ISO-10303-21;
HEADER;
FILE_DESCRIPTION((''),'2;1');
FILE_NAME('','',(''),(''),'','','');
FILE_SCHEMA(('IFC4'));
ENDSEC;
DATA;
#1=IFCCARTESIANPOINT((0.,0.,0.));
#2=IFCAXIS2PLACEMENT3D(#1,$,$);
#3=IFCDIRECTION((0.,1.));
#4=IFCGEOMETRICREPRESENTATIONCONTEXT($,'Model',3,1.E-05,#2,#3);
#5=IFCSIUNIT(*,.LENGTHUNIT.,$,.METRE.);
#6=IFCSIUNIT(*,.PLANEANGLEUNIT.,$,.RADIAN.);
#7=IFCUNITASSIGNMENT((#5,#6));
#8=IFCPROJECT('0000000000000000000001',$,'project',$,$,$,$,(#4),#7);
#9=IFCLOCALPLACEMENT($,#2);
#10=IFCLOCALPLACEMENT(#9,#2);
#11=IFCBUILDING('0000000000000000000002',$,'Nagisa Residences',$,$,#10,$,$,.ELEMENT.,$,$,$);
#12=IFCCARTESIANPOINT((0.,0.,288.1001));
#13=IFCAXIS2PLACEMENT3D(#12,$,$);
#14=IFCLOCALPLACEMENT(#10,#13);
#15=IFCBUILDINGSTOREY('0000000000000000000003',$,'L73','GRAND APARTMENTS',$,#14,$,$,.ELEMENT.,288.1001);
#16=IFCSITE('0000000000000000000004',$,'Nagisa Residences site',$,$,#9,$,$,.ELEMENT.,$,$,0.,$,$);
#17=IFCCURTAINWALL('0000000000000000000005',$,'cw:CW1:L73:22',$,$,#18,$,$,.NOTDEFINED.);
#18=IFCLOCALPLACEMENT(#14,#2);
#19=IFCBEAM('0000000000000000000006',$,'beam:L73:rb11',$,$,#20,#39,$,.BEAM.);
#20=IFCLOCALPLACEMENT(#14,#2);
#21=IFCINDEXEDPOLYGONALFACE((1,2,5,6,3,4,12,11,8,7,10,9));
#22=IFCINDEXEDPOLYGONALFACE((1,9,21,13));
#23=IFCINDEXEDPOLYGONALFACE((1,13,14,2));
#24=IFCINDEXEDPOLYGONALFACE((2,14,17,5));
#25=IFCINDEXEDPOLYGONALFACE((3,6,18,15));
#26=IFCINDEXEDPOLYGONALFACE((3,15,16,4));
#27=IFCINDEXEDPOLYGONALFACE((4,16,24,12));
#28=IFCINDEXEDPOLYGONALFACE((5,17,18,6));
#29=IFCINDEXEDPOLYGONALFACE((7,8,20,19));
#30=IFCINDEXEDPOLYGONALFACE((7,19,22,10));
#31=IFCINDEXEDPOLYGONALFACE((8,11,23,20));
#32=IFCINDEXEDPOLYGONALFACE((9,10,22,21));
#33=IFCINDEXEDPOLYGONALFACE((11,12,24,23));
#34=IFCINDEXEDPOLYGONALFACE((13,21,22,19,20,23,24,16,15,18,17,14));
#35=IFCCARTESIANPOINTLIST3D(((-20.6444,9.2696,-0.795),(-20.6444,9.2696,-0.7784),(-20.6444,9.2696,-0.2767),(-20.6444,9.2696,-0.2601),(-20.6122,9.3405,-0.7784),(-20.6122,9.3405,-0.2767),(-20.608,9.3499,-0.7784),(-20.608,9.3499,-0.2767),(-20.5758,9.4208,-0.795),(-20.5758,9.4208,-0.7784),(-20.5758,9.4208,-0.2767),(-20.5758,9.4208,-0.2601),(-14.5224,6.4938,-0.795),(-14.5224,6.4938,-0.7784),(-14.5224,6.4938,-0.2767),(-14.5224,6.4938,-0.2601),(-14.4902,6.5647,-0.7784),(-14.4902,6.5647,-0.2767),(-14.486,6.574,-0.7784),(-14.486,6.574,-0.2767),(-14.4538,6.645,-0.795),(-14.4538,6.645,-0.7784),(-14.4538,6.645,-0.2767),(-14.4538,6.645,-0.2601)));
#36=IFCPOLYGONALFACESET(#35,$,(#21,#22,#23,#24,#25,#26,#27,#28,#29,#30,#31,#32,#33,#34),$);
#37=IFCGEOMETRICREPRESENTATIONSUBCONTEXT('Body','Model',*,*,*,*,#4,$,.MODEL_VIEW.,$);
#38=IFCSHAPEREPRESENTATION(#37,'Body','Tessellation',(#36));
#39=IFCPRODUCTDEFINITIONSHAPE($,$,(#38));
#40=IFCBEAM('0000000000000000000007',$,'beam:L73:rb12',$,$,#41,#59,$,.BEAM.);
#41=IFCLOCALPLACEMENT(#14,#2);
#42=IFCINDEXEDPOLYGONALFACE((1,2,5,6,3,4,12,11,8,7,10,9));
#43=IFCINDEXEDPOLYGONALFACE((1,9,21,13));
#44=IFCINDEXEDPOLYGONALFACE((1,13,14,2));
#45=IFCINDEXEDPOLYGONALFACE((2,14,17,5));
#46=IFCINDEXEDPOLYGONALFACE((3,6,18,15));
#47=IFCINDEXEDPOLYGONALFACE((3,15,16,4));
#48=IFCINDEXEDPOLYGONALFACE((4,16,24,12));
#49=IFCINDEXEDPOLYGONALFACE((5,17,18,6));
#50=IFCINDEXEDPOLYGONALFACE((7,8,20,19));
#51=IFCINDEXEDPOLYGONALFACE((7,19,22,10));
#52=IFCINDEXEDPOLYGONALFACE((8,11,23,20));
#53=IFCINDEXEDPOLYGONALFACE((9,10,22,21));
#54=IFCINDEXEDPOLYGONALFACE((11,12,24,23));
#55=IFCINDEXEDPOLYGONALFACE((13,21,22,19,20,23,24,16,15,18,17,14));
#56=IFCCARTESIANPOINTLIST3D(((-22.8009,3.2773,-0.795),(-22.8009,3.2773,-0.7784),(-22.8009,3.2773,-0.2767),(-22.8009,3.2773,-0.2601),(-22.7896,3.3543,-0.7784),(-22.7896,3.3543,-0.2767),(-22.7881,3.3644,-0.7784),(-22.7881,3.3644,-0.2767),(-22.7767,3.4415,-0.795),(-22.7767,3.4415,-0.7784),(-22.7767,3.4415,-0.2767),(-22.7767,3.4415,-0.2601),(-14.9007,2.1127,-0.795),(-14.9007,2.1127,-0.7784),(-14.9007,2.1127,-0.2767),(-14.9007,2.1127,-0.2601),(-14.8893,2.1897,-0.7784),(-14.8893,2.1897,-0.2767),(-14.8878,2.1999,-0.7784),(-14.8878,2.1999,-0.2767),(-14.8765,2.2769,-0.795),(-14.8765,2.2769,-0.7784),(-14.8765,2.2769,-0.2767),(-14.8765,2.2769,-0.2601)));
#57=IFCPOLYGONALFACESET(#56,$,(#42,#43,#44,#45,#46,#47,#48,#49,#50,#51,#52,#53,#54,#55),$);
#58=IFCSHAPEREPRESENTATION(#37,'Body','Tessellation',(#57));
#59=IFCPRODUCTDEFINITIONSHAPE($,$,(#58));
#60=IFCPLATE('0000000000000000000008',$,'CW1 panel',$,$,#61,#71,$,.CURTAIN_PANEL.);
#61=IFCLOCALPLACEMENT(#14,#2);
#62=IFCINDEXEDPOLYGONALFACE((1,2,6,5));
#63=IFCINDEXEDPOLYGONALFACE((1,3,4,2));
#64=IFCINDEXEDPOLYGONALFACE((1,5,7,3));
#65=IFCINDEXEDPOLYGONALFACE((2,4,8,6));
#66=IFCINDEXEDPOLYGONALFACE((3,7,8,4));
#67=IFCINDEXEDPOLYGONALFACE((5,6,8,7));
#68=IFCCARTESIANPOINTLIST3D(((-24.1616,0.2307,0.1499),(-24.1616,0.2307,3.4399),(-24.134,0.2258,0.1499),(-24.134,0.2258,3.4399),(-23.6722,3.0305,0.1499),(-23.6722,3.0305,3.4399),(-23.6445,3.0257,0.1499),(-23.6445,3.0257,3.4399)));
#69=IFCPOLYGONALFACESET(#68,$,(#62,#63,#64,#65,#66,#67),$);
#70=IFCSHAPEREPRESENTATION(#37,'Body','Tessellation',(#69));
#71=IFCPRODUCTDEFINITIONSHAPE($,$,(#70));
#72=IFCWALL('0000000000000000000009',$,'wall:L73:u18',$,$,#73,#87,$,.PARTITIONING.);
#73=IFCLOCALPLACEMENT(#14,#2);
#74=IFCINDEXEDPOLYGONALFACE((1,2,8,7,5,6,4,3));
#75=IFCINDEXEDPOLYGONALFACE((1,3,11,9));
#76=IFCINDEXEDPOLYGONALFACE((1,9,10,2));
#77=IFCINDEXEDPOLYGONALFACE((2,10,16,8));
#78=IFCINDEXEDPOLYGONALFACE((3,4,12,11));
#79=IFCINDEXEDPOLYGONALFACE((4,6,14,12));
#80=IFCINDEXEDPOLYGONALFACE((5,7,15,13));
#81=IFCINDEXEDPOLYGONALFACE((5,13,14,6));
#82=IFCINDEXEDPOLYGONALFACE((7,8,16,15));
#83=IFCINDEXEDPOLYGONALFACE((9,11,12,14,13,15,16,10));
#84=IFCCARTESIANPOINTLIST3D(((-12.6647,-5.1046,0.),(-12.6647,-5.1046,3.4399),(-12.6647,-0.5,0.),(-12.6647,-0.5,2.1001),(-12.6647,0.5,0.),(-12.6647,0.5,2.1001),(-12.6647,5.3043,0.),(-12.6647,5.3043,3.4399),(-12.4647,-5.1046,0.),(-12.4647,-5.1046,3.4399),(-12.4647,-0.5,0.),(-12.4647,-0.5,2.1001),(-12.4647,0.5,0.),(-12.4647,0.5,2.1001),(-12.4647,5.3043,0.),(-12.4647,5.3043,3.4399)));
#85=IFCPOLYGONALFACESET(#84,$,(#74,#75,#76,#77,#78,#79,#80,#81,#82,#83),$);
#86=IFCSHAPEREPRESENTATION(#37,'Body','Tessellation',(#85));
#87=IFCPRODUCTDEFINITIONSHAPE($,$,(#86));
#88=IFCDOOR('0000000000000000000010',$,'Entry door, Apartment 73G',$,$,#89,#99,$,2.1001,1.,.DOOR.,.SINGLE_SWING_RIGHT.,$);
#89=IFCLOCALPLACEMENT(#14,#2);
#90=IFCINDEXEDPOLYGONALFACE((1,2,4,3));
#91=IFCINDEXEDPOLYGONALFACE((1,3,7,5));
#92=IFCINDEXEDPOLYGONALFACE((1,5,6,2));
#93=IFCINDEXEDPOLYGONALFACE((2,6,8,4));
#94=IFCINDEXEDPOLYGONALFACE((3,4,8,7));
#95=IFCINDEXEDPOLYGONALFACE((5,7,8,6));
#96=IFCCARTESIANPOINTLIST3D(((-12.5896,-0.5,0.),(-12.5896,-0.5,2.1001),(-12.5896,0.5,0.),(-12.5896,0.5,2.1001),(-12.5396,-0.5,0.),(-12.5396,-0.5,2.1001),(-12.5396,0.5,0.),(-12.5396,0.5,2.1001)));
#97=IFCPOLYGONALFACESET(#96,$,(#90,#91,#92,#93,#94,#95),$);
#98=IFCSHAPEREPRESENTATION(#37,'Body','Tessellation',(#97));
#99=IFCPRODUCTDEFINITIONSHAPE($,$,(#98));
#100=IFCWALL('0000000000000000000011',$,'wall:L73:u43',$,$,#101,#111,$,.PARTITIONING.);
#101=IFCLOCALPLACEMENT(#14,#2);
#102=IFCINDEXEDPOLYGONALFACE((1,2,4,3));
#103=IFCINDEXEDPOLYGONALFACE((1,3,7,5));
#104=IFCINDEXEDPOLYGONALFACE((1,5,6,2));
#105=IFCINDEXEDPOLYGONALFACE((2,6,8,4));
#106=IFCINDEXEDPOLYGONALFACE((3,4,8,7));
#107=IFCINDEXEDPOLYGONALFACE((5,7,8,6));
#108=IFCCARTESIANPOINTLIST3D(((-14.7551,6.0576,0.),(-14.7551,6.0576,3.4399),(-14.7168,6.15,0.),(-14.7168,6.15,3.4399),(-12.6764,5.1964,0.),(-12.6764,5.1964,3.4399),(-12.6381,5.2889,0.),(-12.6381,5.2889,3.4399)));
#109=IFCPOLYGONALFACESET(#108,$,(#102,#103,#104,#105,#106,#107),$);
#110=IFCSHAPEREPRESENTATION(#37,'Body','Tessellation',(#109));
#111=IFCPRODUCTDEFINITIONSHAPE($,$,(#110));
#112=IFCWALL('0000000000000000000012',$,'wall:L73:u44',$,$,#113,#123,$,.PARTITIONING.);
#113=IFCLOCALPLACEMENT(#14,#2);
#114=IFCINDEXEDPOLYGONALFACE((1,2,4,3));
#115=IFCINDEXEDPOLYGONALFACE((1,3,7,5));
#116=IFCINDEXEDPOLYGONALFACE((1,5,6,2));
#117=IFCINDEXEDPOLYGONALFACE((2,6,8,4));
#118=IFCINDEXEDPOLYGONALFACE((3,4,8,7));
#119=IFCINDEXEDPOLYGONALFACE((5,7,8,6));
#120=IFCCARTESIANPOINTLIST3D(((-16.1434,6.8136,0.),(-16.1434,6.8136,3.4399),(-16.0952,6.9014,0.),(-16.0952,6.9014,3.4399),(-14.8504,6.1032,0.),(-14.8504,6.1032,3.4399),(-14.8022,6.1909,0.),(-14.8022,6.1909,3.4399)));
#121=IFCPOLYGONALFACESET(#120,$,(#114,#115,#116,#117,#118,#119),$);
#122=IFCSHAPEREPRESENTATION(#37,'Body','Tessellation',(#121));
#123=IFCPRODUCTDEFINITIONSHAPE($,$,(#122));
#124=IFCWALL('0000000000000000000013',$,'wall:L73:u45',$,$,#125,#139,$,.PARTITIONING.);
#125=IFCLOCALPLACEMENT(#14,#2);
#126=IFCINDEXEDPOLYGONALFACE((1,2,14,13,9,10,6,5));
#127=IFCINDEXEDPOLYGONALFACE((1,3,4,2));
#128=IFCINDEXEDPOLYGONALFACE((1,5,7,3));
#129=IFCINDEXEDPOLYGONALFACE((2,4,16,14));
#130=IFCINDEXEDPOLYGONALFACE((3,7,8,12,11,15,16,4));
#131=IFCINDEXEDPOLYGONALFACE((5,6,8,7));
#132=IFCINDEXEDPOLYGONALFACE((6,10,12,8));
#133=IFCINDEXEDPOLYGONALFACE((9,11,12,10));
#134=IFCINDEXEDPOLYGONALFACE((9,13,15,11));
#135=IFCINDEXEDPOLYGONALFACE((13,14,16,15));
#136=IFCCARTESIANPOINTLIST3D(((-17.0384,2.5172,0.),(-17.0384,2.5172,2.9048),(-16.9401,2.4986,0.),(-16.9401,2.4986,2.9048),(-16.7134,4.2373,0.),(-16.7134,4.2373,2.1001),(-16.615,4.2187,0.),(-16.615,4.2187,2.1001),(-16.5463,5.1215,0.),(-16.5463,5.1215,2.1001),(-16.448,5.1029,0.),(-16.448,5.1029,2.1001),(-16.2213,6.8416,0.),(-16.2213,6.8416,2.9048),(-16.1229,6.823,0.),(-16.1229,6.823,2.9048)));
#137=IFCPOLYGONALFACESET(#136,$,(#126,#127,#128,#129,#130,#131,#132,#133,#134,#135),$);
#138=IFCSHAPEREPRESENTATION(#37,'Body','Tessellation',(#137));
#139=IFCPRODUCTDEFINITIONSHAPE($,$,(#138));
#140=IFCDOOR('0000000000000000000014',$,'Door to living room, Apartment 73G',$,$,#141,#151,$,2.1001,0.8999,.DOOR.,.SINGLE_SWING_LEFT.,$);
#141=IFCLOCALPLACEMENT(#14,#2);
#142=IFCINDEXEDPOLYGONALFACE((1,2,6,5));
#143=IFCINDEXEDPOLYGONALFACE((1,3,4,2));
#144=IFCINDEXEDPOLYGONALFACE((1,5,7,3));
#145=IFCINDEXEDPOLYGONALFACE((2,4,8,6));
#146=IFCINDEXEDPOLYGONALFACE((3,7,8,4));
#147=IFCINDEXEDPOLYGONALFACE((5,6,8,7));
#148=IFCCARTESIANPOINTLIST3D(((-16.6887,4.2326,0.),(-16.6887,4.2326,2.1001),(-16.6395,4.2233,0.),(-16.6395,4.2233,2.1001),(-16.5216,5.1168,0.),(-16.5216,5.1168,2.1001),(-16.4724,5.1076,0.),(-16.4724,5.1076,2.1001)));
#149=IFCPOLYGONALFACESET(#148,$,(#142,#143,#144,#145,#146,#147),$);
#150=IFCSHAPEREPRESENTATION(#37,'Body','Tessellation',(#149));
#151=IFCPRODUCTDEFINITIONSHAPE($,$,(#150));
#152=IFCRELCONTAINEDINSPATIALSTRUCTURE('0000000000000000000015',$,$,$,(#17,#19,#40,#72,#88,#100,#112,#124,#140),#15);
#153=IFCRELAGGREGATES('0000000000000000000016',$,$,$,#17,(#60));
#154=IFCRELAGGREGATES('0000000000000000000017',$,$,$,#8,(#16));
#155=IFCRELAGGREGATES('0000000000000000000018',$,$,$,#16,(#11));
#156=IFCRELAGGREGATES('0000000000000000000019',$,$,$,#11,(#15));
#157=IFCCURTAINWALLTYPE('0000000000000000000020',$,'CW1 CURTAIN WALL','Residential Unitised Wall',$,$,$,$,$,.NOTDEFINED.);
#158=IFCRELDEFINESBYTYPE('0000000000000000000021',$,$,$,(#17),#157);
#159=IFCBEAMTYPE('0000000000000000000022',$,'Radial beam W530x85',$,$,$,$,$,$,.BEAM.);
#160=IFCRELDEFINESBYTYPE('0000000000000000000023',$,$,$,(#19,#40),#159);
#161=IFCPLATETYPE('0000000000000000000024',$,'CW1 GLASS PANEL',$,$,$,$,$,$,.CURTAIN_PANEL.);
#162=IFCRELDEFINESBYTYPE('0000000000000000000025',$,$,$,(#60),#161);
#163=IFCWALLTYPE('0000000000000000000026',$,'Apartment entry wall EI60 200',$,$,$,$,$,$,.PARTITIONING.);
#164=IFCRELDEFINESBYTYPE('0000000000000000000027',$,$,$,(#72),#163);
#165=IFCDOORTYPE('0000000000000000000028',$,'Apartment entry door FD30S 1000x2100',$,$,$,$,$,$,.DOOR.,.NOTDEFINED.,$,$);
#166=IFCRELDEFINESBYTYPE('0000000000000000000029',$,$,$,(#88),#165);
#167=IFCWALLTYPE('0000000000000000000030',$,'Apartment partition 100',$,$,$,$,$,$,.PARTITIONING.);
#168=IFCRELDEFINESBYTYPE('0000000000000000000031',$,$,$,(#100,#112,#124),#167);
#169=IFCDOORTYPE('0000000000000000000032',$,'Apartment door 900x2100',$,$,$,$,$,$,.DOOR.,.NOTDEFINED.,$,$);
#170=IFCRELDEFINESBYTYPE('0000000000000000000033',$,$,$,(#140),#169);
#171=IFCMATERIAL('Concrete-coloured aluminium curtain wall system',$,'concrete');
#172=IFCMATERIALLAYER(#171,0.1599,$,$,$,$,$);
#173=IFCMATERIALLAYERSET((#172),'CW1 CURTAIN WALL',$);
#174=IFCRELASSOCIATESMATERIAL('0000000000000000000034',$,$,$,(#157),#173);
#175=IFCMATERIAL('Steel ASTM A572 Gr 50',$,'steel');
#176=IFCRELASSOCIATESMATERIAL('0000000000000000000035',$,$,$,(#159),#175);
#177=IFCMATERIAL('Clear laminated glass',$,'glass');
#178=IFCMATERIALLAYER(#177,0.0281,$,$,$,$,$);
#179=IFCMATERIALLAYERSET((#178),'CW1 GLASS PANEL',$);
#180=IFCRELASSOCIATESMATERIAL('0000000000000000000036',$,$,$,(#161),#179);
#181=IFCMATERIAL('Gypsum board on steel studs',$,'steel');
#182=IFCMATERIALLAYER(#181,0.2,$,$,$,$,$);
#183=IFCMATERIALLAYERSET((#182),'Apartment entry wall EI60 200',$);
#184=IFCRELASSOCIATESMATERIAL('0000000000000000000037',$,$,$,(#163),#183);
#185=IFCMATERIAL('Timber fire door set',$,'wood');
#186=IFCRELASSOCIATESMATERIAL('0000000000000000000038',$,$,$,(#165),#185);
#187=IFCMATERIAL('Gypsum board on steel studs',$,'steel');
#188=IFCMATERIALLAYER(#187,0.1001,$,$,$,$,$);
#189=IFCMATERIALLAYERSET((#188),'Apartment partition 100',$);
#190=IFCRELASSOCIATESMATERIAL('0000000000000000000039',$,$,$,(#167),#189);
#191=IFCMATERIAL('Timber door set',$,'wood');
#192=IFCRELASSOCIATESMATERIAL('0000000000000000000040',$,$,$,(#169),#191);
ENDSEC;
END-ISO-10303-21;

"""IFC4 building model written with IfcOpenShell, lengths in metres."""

from ifc_helpers import new_model, si_unit, direction, frame, frame_2d, origin, origin_2d, place, context, subcontext, project, spatial, rectangle, i_section, extrude, material, layer, layer_set, material_profile, profile_set, type_object, element, fill, aggregate, save


model = new_model("IFC4")

# Units and contexts
model_context = context("Model", 3, precision=1e-05, world=origin(), true_north=direction((0.0, 1.0)))
body_context = subcontext(model_context, "Body", "Model", "MODEL_VIEW")
ifc_project = project(units=[si_unit("LENGTHUNIT", "METRE"), si_unit("PLANEANGLEUNIT", "RADIAN")], contexts=[model_context])

# Site, building, storey
site_placement = place(None, origin())
site = spatial("IfcSite", under=ifc_project, at=site_placement, Name="Nagisa Residences site", CompositionType="ELEMENT", RefElevation=0.0)
building_placement = place(site_placement, origin())
building = spatial("IfcBuilding", under=site, at=building_placement, Name="Nagisa Residences", CompositionType="ELEMENT")
storey_placement = place(building_placement, frame((0.0, 0.0, 288.1001)))
storey = spatial("IfcBuildingStorey", under=building, at=storey_placement, Name="L73", Description="GRAND APARTMENTS", CompositionType="ELEMENT", Elevation=288.1001)

# Curtain wall
ifc_material_1 = material(Name="Concrete-coloured aluminium curtain wall system", Category="concrete")
ifc_layer_1 = layer(ifc_material_1, 0.1599)
ifc_layer_set_1 = layer_set([ifc_layer_1], Name="CW1 CURTAIN WALL")
curtain_wall_type = type_object("IfcCurtainWallType", Name="CW1 CURTAIN WALL", Description="Residential Unitised Wall", PredefinedType="NOTDEFINED", material=ifc_layer_set_1)
curtain_wall_1_placement = place(storey_placement, origin())
curtain_wall_1 = element("IfcCurtainWall", 1, at=curtain_wall_1_placement, inside=storey, type_object=curtain_wall_type, Name="cw:CW1:L73:22", PredefinedType="NOTDEFINED")

# Beams
ifc_material_2 = material(Name="Steel ASTM A572 Gr 50", Category="steel")
ifc_material_profile_1 = material_profile(ifc_material_2, i_section(OverallWidth=0.166, OverallDepth=0.5349, WebThickness=0.0103, FlangeThickness=0.0166, at=origin_2d()), Name="W530x85")
ifc_profile_set_1 = profile_set([ifc_material_profile_1], Name="Steel ASTM A572 Gr 50")
beam_type_1 = type_object("IfcBeamType", Name="Radial beam W530x85", PredefinedType="BEAM", material=ifc_profile_set_1)
beam_1_placement = place(storey_placement, frame((-20.6101, 9.3452, -0.5276), z_axis=(0.910752, -0.412954, 0.0), x_axis=(0.412954, 0.910752, 0.0)))
element("IfcBeam", 2, at=beam_1_placement, inside=storey, type_object=beam_type_1, Name="beam:L73:rb11", PredefinedType="BEAM", context=body_context, shape_type="SweptSolid", body=[
    extrude(i_section(OverallWidth=0.166, OverallDepth=0.5349, WebThickness=0.0103, FlangeThickness=0.0166, at=origin_2d()), origin(), (0.0, 0.0, 1.0), 6.7219),
])
beam_2_placement = place(storey_placement, frame((-22.7888, 3.3594, -0.5276), z_axis=(0.989309, -0.145833, 0.0), x_axis=(0.145833, 0.989309, 0.0)))
element("IfcBeam", 3, at=beam_2_placement, inside=storey, type_object=beam_type_1, Name="beam:L73:rb12", PredefinedType="BEAM", context=body_context, shape_type="SweptSolid", body=[
    extrude(i_section(OverallWidth=0.166, OverallDepth=0.5349, WebThickness=0.0103, FlangeThickness=0.0166, at=origin_2d()), origin(), (0.0, 0.0, 1.0), 7.9856),
])

# Plate
ifc_material_3 = material(Name="Clear laminated glass", Category="glass")
ifc_layer_2 = layer(ifc_material_3, 0.0281)
ifc_layer_set_2 = layer_set([ifc_layer_2], Name="CW1 GLASS PANEL")
plate_type = type_object("IfcPlateType", Name="CW1 GLASS PANEL", PredefinedType="CURTAIN_PANEL", material=ifc_layer_set_2)
plate_placement = place(storey_placement, frame((-23.9031, 1.6282, 0.1499), z_axis=(0.0, 0.0, 1.0), x_axis=(-0.172191, -0.985064, 0.0)))
plate = element("IfcPlate", 4, at=plate_placement, type_object=plate_type, Name="CW1 panel", PredefinedType="CURTAIN_PANEL", context=body_context, shape_type="SweptSolid", body=[
    extrude(rectangle(XDim=2.8423, YDim=0.0281, at=origin_2d()), origin(), (0.0, 0.0, 1.0), 3.29),
])
aggregate(curtain_wall_1, [plate])

# Wall, opening, door
ifc_material_4 = material(Name="Gypsum board on steel studs", Category="steel")
ifc_layer_3 = layer(ifc_material_4, 0.2)
ifc_layer_set_3 = layer_set([ifc_layer_3], Name="Apartment entry wall EI60 200")
wall_type_1 = type_object("IfcWallType", Name="Apartment entry wall EI60 200", PredefinedType="PARTITIONING", material=ifc_layer_set_3)
wall_1_placement = place(storey_placement, frame((-12.5647, 5.3044, 0.0), z_axis=(0.0, 0.0, 1.0), x_axis=(0.0, -1.0, 0.0)))
wall_1 = element("IfcWall", 5, at=wall_1_placement, inside=storey, type_object=wall_type_1, Name="wall:L73:u18", PredefinedType="PARTITIONING", context=body_context, shape_type="SweptSolid", body=[
    extrude(rectangle(XDim=10.4089, YDim=0.2, at=frame_2d((5.2046, 0.0))), origin(), (0.0, 0.0, 1.0), 3.4399),
])
opening_1_placement = place(wall_1_placement, frame((4.8044, 0.0, 0.0)))
opening_1 = element("IfcOpeningElement", 6, at=opening_1_placement, cuts=wall_1, PredefinedType="OPENING", context=body_context, shape_type="SweptSolid", body=[
    extrude(rectangle(XDim=1.0, YDim=2.1001, at=frame_2d((0.5, 1.05))), frame((0.0, 0.1099, 0.0), z_axis=(0.0, -1.0, 0.0), x_axis=(1.0, 0.0, 0.0)), (0.0, 0.0, 1.0), 0.22),
])
ifc_material_5 = material(Name="Timber fire door set", Category="wood")
door_type_1 = type_object("IfcDoorType", Name="Apartment entry door FD30S 1000x2100", OperationType="NOTDEFINED", PredefinedType="DOOR", material=ifc_material_5)
door_1_placement = place(opening_1_placement, frame((1.0, 0.0, 0.0), x_axis=(-1.0, 0.0, 0.0)))
door_1 = element("IfcDoor", 7, at=door_1_placement, inside=storey, type_object=door_type_1, Name="Entry door, Apartment 73G", OperationType="SINGLE_SWING_RIGHT", OverallHeight=2.1001, OverallWidth=1.0, PredefinedType="DOOR", context=body_context, shape_type="SweptSolid", body=[
    extrude(rectangle(XDim=1.0, YDim=2.1001, at=frame_2d((0.5, 1.05))), frame((0.0, 0.0249, 0.0), z_axis=(0.0, -1.0, 0.0), x_axis=(1.0, 0.0, 0.0)), (0.0, 0.0, 1.0), 0.05),
])
fill(opening_1, door_1)

# Walls
ifc_material_6 = material(Name="Gypsum board on steel studs", Category="steel")
ifc_layer_4 = layer(ifc_material_6, 0.1001)
ifc_layer_set_4 = layer_set([ifc_layer_4], Name="Apartment partition 100")
wall_type_2 = type_object("IfcWallType", Name="Apartment partition 100", PredefinedType="PARTITIONING", material=ifc_layer_set_4)
wall_2_placement = place(storey_placement, frame((-12.6572, 5.2427, 0.0), z_axis=(0.0, 0.0, 1.0), x_axis=(-0.923865, 0.382719, 0.0)))
element("IfcWall", 8, at=wall_2_placement, inside=storey, type_object=wall_type_2, Name="wall:L73:u43", PredefinedType="PARTITIONING", context=body_context, shape_type="SweptSolid", body=[
    extrude(rectangle(XDim=2.25, YDim=0.1001, at=frame_2d((1.125, 0.0))), origin(), (0.0, 0.0, 1.0), 3.4399),
])
wall_3_placement = place(storey_placement, frame((-14.8262, 6.147, 0.0), z_axis=(0.0, 0.0, 1.0), x_axis=(-0.876411, 0.481563, 0.0)))
element("IfcWall", 9, at=wall_3_placement, inside=storey, type_object=wall_type_2, Name="wall:L73:u44", PredefinedType="PARTITIONING", context=body_context, shape_type="SweptSolid", body=[
    extrude(rectangle(XDim=1.4753, YDim=0.1001, at=frame_2d((0.7378, 0.0))), origin(), (0.0, 0.0, 1.0), 3.4399),
])

# Wall, opening, door
wall_4_placement = place(storey_placement, frame((-16.1721, 6.8323, 0.0), z_axis=(0.0, 0.0, 1.0), x_axis=(-0.185672, -0.982612, 0.0)))
wall_4 = element("IfcWall", 10, at=wall_4_placement, inside=storey, type_object=wall_type_2, Name="wall:L73:u45", PredefinedType="PARTITIONING", context=body_context, shape_type="SweptSolid", body=[
    extrude(rectangle(XDim=4.4009, YDim=0.1001, at=frame_2d((2.2004, 0.0))), origin(), (0.0, 0.0, 1.0), 2.9048),
])
opening_2_placement = place(wall_4_placement, frame((1.7505, 0.0, 0.0)))
opening_2 = element("IfcOpeningElement", 11, at=opening_2_placement, cuts=wall_4, PredefinedType="OPENING", context=body_context, shape_type="SweptSolid", body=[
    extrude(rectangle(XDim=0.8999, YDim=2.1001, at=frame_2d((0.45, 1.05))), frame((0.0, 0.0601, 0.0), z_axis=(0.0, -1.0, 0.0), x_axis=(1.0, 0.0, 0.0)), (0.0, 0.0, 1.0), 0.1201),
])
ifc_material_7 = material(Name="Timber door set", Category="wood")
door_type_2 = type_object("IfcDoorType", Name="Apartment door 900x2100", OperationType="NOTDEFINED", PredefinedType="DOOR", material=ifc_material_7)
door_2_placement = place(opening_2_placement, frame((0.8999, 0.0, 0.0), x_axis=(-1.0, 0.0, 0.0)))
door_2 = element("IfcDoor", 12, at=door_2_placement, inside=storey, type_object=door_type_2, Name="Door to living room, Apartment 73G", OperationType="SINGLE_SWING_LEFT", OverallHeight=2.1001, OverallWidth=0.8999, PredefinedType="DOOR", context=body_context, shape_type="SweptSolid", body=[
    extrude(rectangle(XDim=0.8999, YDim=2.1001, at=frame_2d((0.45, 1.05))), frame((0.0, 0.0249, 0.0), z_axis=(0.0, -1.0, 0.0), x_axis=(1.0, 0.0, 0.0)), (0.0, 0.0, 1.0), 0.05),
])
fill(opening_2, door_2)

save(model, "model.ifc")
